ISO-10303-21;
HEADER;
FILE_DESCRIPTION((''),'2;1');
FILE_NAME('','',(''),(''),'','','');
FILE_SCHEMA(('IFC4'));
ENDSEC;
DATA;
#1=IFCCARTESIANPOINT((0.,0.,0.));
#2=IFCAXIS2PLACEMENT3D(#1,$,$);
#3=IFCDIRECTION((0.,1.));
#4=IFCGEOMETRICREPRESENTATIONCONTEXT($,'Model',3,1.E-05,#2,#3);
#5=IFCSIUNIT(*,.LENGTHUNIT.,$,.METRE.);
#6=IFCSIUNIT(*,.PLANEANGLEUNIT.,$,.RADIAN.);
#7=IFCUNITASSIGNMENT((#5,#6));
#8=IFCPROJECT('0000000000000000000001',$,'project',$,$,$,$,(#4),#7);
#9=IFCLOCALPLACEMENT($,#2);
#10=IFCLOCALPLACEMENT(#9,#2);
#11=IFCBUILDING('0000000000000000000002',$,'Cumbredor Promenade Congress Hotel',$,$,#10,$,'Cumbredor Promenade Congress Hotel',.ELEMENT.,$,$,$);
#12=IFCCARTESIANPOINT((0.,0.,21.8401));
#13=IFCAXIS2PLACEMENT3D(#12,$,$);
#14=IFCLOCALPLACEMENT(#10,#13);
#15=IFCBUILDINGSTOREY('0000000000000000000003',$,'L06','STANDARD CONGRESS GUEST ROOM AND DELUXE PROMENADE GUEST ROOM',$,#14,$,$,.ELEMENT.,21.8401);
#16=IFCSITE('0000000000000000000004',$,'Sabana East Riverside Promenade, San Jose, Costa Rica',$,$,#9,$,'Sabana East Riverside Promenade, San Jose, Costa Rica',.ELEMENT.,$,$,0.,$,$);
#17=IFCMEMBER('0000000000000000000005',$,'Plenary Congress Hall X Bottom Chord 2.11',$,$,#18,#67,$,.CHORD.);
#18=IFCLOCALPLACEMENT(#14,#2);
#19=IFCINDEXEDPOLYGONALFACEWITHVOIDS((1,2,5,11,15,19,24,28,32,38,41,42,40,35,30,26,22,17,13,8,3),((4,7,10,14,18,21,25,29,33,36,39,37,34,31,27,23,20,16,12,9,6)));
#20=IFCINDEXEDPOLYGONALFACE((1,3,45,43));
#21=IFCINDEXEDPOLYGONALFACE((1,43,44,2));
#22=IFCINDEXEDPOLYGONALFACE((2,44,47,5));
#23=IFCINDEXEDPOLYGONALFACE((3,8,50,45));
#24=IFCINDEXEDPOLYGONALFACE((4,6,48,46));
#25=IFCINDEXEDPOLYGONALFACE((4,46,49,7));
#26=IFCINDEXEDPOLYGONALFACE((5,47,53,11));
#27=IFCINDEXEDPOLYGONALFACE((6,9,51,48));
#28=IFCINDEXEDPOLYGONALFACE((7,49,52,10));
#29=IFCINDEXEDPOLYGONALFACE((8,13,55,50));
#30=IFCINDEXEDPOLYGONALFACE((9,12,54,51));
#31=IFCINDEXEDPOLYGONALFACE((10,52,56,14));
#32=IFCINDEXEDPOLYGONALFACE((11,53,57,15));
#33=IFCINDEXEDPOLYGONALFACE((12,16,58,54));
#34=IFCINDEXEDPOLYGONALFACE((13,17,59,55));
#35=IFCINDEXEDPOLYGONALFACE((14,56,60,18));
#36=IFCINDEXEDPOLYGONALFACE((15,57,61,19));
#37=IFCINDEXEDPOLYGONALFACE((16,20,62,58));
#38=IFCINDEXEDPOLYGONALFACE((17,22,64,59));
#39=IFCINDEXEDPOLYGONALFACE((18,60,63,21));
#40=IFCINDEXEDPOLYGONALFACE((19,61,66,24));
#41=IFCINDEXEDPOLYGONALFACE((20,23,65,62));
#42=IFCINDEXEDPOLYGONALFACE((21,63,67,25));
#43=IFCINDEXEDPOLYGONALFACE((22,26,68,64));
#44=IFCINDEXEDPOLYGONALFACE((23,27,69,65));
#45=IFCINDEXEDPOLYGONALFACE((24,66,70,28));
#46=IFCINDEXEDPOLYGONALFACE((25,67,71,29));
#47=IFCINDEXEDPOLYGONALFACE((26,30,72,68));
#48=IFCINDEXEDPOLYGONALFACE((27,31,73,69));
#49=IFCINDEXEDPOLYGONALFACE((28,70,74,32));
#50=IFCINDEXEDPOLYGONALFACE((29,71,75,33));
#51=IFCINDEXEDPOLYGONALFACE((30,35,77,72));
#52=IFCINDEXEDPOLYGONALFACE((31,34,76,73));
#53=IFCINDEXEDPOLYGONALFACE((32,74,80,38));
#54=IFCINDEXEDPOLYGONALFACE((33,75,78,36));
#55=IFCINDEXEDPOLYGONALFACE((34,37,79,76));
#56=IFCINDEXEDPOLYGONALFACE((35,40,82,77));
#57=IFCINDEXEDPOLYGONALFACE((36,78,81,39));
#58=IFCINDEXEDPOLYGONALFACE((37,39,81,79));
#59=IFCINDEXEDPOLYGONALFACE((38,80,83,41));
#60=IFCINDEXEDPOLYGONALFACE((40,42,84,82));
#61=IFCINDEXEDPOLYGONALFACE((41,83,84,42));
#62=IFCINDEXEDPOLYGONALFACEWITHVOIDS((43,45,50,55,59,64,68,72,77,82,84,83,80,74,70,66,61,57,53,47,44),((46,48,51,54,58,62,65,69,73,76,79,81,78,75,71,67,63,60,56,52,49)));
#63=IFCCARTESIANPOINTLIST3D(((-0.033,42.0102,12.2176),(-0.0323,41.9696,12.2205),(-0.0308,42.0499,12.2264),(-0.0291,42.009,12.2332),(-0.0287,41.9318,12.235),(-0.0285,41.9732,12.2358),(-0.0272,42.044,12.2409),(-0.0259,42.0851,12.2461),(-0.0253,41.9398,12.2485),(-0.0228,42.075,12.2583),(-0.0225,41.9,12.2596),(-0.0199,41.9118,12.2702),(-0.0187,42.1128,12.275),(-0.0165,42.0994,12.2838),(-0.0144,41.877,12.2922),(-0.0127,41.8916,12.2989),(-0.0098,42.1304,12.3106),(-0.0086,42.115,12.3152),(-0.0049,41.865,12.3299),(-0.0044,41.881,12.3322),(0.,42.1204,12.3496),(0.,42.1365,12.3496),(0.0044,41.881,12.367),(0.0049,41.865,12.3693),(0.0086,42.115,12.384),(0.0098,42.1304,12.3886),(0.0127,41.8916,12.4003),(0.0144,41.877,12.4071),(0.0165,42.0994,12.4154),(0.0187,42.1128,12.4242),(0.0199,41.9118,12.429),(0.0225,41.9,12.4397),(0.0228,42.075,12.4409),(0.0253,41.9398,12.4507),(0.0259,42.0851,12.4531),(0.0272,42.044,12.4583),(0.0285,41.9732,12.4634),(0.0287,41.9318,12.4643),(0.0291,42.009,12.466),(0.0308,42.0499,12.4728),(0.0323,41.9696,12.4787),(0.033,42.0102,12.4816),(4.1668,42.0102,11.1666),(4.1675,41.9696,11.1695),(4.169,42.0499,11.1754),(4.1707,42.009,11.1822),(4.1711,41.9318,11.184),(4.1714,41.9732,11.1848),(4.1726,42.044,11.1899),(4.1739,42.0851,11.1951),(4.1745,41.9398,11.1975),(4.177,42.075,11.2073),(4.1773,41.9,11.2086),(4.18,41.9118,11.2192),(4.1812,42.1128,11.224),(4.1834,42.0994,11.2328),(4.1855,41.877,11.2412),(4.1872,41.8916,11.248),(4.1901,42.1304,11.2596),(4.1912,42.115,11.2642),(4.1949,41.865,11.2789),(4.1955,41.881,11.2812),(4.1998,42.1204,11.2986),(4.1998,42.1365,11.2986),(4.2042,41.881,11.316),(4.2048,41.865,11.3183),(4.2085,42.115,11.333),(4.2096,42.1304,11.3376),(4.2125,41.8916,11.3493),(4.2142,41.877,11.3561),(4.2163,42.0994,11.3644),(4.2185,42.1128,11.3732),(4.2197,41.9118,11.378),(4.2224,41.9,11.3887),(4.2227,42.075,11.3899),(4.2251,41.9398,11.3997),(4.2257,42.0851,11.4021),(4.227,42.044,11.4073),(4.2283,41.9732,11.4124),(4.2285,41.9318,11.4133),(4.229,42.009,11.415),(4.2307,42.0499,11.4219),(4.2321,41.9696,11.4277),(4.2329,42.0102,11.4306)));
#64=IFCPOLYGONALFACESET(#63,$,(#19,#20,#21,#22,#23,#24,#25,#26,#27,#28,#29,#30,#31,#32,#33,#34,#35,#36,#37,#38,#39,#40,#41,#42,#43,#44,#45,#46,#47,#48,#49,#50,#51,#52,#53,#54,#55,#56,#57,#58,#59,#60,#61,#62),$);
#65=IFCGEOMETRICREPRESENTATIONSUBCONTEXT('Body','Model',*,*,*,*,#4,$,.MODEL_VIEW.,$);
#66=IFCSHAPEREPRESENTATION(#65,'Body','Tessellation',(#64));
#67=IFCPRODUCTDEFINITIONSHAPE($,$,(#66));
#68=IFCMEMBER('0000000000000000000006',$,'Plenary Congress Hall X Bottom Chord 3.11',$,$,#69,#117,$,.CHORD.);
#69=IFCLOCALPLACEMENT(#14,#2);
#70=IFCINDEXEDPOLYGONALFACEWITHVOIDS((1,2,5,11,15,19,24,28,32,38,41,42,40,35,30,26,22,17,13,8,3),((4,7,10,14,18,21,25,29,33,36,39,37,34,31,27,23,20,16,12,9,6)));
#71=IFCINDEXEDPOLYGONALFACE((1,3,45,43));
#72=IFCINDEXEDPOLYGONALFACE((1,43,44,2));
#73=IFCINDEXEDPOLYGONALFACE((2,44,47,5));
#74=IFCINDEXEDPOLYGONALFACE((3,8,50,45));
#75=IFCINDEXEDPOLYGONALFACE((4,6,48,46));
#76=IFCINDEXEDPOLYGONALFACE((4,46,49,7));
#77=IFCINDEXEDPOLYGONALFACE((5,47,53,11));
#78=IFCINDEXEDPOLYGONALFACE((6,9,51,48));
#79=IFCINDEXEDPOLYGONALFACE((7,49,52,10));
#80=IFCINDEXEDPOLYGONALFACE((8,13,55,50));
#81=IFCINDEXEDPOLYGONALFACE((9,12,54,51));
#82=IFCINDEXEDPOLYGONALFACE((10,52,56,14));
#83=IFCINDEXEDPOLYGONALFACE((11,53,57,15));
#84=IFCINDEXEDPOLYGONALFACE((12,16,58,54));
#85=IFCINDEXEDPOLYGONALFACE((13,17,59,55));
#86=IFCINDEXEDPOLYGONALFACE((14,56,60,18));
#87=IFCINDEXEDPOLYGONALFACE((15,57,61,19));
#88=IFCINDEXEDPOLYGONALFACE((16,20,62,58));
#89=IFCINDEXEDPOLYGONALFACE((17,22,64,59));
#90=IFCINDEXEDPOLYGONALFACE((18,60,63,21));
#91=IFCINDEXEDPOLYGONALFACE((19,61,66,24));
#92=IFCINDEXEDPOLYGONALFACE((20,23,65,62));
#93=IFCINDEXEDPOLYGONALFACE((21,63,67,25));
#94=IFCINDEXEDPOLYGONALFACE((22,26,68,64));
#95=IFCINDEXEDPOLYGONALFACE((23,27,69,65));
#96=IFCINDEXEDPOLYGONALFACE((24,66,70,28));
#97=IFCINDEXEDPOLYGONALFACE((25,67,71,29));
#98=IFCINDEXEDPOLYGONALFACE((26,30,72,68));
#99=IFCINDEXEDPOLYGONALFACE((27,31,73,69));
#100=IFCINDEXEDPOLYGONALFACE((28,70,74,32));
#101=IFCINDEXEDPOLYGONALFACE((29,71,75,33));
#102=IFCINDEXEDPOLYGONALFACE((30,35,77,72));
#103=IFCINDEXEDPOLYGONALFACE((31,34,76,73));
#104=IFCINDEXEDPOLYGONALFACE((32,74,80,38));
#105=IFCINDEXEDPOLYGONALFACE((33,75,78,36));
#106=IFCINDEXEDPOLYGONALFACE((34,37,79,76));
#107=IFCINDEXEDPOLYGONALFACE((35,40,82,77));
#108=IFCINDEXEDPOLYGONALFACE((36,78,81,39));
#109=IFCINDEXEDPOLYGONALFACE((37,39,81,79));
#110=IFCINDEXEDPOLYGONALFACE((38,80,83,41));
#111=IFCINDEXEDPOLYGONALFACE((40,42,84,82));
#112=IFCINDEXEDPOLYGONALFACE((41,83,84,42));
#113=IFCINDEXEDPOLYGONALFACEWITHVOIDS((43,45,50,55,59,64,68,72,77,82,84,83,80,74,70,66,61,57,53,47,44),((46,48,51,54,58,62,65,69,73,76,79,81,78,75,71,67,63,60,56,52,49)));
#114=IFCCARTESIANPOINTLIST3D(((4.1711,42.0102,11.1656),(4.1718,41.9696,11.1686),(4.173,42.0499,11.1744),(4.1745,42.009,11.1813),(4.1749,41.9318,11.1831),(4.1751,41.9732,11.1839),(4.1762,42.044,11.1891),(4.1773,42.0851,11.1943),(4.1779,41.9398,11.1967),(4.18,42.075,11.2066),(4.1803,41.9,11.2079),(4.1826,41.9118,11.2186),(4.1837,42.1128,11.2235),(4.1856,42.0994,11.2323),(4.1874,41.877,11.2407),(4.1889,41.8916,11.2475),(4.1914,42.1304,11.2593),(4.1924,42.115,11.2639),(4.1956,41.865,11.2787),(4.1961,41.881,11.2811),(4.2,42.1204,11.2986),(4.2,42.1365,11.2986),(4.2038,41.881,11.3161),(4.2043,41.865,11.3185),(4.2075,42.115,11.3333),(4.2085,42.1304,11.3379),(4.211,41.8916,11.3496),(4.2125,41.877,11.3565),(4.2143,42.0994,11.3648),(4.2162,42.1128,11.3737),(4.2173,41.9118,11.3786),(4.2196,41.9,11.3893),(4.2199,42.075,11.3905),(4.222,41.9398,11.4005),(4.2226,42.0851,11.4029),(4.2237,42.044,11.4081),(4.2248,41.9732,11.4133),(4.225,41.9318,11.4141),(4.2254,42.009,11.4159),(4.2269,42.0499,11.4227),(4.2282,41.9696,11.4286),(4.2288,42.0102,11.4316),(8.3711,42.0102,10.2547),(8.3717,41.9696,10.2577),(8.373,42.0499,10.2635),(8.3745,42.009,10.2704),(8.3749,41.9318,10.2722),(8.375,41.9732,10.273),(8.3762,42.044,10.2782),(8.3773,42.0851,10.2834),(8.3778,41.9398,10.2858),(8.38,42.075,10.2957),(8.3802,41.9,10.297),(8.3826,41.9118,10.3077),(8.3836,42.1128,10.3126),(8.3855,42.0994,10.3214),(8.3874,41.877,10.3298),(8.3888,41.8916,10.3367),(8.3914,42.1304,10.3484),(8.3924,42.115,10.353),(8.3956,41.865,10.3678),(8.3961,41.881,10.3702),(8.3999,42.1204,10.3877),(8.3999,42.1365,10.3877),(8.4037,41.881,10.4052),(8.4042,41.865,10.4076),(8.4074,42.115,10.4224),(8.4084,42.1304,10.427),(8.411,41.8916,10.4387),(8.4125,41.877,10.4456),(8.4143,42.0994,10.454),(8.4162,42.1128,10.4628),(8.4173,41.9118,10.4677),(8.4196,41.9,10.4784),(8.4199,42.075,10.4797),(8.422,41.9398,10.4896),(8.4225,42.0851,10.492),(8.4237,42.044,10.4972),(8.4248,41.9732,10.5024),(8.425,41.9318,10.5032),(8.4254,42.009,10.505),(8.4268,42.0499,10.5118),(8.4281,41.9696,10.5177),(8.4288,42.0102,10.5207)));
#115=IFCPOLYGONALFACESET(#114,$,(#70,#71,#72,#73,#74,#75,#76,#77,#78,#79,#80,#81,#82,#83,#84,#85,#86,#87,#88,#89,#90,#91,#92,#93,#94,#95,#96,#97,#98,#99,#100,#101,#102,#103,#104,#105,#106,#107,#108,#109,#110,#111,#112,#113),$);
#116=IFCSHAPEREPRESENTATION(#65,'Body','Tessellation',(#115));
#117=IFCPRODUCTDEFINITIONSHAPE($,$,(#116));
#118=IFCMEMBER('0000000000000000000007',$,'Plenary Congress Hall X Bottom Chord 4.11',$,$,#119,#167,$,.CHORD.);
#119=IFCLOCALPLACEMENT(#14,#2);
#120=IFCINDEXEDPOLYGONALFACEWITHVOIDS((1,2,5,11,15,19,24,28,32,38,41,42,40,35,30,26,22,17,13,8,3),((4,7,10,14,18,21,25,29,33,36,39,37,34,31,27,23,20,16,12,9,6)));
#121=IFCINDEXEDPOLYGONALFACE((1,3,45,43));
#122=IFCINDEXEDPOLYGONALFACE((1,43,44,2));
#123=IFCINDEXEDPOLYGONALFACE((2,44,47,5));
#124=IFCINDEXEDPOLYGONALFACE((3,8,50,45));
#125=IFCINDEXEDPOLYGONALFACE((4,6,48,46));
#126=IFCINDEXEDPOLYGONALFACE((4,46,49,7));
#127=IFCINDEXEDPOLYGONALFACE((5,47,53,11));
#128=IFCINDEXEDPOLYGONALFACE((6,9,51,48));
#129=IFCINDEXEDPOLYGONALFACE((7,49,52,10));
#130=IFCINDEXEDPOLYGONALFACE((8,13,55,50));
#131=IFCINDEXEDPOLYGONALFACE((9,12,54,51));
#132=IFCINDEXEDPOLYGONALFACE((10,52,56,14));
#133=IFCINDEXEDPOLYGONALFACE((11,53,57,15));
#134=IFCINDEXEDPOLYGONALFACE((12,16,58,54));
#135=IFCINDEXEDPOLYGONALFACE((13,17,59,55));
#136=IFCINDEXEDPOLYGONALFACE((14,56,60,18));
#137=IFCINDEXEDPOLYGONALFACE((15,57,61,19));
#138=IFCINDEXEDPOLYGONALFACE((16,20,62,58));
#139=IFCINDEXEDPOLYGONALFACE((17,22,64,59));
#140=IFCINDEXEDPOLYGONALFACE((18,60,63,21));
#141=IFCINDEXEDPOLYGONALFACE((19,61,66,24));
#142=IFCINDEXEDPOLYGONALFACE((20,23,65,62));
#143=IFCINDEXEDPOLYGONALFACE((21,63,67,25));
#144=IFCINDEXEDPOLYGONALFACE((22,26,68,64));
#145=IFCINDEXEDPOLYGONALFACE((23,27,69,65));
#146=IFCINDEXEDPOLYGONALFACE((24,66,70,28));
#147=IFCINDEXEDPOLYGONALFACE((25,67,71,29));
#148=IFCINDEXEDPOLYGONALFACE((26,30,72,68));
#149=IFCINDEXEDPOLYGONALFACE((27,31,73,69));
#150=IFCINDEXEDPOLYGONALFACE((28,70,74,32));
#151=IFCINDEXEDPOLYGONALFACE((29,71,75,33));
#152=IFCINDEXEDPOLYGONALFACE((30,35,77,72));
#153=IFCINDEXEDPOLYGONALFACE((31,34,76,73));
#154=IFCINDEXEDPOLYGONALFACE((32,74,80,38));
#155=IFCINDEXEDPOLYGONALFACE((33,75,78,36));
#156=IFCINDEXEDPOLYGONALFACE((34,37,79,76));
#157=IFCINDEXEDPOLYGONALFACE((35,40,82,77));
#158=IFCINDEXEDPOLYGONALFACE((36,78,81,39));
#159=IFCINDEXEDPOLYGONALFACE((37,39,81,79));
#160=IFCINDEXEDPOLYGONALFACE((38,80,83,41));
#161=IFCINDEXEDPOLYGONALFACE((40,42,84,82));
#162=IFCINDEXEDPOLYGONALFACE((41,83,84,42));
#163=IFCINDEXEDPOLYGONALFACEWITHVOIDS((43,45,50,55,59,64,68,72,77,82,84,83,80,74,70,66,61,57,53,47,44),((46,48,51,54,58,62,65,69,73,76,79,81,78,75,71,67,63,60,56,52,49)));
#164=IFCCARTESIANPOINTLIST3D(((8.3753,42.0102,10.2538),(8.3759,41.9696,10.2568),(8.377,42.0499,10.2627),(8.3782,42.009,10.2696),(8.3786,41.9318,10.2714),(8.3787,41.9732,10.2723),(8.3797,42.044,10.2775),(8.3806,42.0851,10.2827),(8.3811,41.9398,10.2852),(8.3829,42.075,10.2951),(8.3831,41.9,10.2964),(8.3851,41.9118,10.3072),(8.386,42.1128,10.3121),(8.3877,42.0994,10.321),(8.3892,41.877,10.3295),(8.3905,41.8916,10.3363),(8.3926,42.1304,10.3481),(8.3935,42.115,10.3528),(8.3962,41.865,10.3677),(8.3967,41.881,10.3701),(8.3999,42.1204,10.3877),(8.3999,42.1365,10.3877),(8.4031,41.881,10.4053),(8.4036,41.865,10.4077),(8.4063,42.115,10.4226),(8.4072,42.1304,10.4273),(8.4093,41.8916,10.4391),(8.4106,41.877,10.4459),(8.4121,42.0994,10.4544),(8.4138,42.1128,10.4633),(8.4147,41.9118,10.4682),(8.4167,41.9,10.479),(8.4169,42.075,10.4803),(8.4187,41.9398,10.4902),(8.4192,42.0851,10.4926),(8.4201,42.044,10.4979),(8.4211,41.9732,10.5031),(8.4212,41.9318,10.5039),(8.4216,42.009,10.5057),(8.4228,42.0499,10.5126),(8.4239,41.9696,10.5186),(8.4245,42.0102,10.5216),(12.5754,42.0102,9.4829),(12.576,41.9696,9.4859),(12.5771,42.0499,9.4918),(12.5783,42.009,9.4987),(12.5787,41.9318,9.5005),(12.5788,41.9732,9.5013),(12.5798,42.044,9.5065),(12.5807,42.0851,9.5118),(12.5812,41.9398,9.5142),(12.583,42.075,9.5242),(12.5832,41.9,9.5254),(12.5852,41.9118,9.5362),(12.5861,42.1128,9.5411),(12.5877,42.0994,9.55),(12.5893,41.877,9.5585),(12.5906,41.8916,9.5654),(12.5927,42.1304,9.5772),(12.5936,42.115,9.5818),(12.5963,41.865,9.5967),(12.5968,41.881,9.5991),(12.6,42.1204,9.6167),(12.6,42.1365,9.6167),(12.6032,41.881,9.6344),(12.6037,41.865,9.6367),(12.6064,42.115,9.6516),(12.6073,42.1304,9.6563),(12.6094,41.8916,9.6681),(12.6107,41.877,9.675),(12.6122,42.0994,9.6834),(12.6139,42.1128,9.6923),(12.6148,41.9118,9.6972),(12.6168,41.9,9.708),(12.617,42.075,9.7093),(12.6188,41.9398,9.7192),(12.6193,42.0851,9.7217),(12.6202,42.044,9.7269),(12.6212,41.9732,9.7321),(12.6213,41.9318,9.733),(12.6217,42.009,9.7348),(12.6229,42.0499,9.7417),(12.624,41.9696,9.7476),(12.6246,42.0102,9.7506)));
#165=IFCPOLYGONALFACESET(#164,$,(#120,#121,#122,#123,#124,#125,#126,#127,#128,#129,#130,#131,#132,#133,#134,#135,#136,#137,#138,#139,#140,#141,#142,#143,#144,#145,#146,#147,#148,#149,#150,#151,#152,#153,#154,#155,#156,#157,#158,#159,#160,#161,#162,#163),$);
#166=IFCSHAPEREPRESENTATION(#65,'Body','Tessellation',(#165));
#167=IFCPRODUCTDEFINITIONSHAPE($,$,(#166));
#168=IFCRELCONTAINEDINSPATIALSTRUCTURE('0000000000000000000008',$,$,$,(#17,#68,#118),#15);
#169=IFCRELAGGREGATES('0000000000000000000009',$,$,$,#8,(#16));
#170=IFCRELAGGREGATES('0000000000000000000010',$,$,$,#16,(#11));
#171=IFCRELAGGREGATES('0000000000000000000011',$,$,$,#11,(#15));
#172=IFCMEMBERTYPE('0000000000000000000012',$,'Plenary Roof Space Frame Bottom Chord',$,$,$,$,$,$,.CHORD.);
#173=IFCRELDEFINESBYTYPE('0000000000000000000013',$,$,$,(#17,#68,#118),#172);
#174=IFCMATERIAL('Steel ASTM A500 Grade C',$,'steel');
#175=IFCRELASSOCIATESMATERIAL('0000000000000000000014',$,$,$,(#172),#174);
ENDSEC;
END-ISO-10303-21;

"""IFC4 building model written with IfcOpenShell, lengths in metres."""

from ifc_helpers import new_model, si_unit, direction, frame, origin, origin_2d, place, context, subcontext, project, spatial, hollow_circle, extrude, material, material_profile, profile_set, type_object, element, save


model = new_model("IFC4")

# Units and contexts
model_context = context("Model", 3, precision=1e-05, world=origin(), true_north=direction((0.0, 1.0)))
body_context = subcontext(model_context, "Body", "Model", "MODEL_VIEW")
ifc_project = project(units=[si_unit("LENGTHUNIT", "METRE"), si_unit("PLANEANGLEUNIT", "RADIAN")], contexts=[model_context])

# Site, building, storey
site_placement = place(None, origin())
site = spatial("IfcSite", under=ifc_project, at=site_placement, Name="Sabana East Riverside Promenade, San Jose, Costa Rica", LongName="Sabana East Riverside Promenade, San Jose, Costa Rica", CompositionType="ELEMENT", RefElevation=0.0)
building_placement = place(site_placement, origin())
building = spatial("IfcBuilding", under=site, at=building_placement, Name="Cumbredor Promenade Congress Hotel", LongName="Cumbredor Promenade Congress Hotel", CompositionType="ELEMENT")
storey_placement = place(building_placement, frame((0.0, 0.0, 21.8401)))
storey = spatial("IfcBuildingStorey", under=building, at=storey_placement, Name="L06", Description="STANDARD CONGRESS GUEST ROOM AND DELUXE PROMENADE GUEST ROOM", CompositionType="ELEMENT", Elevation=21.8401)

# Members
ifc_material_1 = material(Name="Steel ASTM A500 Grade C", Category="steel")
ifc_material_profile_1 = material_profile(ifc_material_1, hollow_circle(Radius=0.1365, WallThickness=0.0161, at=origin_2d()), Name="CHS 273.0x16")
ifc_profile_set_1 = profile_set([ifc_material_profile_1], Name="Steel ASTM A500 Grade C")
member_type_1 = type_object("IfcMemberType", Name="Plenary Roof Space Frame Bottom Chord", PredefinedType="CHORD", material=ifc_profile_set_1)
member_1_placement = place(storey_placement, frame((0.0, 42.0, 12.3496), z_axis=(0.970086, 0.0, -0.242761), x_axis=(0.0, 1.0, 0.0)))
element("IfcMember", 1, at=member_1_placement, inside=storey, type_object=member_type_1, Name="Plenary Congress Hall X Bottom Chord 2.11", PredefinedType="CHORD", context=body_context, shape_type="SweptSolid", body=[
    extrude(hollow_circle(Radius=0.1365, WallThickness=0.0161, at=origin_2d()), origin(), (0.0, 0.0, 1.0), 4.3293),
])
member_2_placement = place(storey_placement, frame((4.2, 42.0, 11.2986), z_axis=(0.97728, 0.0, -0.211953), x_axis=(0.0, 1.0, 0.0)))
element("IfcMember", 2, at=member_2_placement, inside=storey, type_object=member_type_1, Name="Plenary Congress Hall X Bottom Chord 3.11", PredefinedType="CHORD", context=body_context, shape_type="SweptSolid", body=[
    extrude(hollow_circle(Radius=0.1365, WallThickness=0.0161, at=origin_2d()), origin(), (0.0, 0.0, 1.0), 4.2976),
])
member_3_placement = place(storey_placement, frame((8.3999, 42.0, 10.3877), z_axis=(0.983567, 0.0, -0.180545), x_axis=(0.0, 1.0, 0.0)))
element("IfcMember", 3, at=member_3_placement, inside=storey, type_object=member_type_1, Name="Plenary Congress Hall X Bottom Chord 4.11", PredefinedType="CHORD", context=body_context, shape_type="SweptSolid", body=[
    extrude(hollow_circle(Radius=0.1365, WallThickness=0.0161, at=origin_2d()), origin(), (0.0, 0.0, 1.0), 4.2703),
])

save(model, "model.ifc")
